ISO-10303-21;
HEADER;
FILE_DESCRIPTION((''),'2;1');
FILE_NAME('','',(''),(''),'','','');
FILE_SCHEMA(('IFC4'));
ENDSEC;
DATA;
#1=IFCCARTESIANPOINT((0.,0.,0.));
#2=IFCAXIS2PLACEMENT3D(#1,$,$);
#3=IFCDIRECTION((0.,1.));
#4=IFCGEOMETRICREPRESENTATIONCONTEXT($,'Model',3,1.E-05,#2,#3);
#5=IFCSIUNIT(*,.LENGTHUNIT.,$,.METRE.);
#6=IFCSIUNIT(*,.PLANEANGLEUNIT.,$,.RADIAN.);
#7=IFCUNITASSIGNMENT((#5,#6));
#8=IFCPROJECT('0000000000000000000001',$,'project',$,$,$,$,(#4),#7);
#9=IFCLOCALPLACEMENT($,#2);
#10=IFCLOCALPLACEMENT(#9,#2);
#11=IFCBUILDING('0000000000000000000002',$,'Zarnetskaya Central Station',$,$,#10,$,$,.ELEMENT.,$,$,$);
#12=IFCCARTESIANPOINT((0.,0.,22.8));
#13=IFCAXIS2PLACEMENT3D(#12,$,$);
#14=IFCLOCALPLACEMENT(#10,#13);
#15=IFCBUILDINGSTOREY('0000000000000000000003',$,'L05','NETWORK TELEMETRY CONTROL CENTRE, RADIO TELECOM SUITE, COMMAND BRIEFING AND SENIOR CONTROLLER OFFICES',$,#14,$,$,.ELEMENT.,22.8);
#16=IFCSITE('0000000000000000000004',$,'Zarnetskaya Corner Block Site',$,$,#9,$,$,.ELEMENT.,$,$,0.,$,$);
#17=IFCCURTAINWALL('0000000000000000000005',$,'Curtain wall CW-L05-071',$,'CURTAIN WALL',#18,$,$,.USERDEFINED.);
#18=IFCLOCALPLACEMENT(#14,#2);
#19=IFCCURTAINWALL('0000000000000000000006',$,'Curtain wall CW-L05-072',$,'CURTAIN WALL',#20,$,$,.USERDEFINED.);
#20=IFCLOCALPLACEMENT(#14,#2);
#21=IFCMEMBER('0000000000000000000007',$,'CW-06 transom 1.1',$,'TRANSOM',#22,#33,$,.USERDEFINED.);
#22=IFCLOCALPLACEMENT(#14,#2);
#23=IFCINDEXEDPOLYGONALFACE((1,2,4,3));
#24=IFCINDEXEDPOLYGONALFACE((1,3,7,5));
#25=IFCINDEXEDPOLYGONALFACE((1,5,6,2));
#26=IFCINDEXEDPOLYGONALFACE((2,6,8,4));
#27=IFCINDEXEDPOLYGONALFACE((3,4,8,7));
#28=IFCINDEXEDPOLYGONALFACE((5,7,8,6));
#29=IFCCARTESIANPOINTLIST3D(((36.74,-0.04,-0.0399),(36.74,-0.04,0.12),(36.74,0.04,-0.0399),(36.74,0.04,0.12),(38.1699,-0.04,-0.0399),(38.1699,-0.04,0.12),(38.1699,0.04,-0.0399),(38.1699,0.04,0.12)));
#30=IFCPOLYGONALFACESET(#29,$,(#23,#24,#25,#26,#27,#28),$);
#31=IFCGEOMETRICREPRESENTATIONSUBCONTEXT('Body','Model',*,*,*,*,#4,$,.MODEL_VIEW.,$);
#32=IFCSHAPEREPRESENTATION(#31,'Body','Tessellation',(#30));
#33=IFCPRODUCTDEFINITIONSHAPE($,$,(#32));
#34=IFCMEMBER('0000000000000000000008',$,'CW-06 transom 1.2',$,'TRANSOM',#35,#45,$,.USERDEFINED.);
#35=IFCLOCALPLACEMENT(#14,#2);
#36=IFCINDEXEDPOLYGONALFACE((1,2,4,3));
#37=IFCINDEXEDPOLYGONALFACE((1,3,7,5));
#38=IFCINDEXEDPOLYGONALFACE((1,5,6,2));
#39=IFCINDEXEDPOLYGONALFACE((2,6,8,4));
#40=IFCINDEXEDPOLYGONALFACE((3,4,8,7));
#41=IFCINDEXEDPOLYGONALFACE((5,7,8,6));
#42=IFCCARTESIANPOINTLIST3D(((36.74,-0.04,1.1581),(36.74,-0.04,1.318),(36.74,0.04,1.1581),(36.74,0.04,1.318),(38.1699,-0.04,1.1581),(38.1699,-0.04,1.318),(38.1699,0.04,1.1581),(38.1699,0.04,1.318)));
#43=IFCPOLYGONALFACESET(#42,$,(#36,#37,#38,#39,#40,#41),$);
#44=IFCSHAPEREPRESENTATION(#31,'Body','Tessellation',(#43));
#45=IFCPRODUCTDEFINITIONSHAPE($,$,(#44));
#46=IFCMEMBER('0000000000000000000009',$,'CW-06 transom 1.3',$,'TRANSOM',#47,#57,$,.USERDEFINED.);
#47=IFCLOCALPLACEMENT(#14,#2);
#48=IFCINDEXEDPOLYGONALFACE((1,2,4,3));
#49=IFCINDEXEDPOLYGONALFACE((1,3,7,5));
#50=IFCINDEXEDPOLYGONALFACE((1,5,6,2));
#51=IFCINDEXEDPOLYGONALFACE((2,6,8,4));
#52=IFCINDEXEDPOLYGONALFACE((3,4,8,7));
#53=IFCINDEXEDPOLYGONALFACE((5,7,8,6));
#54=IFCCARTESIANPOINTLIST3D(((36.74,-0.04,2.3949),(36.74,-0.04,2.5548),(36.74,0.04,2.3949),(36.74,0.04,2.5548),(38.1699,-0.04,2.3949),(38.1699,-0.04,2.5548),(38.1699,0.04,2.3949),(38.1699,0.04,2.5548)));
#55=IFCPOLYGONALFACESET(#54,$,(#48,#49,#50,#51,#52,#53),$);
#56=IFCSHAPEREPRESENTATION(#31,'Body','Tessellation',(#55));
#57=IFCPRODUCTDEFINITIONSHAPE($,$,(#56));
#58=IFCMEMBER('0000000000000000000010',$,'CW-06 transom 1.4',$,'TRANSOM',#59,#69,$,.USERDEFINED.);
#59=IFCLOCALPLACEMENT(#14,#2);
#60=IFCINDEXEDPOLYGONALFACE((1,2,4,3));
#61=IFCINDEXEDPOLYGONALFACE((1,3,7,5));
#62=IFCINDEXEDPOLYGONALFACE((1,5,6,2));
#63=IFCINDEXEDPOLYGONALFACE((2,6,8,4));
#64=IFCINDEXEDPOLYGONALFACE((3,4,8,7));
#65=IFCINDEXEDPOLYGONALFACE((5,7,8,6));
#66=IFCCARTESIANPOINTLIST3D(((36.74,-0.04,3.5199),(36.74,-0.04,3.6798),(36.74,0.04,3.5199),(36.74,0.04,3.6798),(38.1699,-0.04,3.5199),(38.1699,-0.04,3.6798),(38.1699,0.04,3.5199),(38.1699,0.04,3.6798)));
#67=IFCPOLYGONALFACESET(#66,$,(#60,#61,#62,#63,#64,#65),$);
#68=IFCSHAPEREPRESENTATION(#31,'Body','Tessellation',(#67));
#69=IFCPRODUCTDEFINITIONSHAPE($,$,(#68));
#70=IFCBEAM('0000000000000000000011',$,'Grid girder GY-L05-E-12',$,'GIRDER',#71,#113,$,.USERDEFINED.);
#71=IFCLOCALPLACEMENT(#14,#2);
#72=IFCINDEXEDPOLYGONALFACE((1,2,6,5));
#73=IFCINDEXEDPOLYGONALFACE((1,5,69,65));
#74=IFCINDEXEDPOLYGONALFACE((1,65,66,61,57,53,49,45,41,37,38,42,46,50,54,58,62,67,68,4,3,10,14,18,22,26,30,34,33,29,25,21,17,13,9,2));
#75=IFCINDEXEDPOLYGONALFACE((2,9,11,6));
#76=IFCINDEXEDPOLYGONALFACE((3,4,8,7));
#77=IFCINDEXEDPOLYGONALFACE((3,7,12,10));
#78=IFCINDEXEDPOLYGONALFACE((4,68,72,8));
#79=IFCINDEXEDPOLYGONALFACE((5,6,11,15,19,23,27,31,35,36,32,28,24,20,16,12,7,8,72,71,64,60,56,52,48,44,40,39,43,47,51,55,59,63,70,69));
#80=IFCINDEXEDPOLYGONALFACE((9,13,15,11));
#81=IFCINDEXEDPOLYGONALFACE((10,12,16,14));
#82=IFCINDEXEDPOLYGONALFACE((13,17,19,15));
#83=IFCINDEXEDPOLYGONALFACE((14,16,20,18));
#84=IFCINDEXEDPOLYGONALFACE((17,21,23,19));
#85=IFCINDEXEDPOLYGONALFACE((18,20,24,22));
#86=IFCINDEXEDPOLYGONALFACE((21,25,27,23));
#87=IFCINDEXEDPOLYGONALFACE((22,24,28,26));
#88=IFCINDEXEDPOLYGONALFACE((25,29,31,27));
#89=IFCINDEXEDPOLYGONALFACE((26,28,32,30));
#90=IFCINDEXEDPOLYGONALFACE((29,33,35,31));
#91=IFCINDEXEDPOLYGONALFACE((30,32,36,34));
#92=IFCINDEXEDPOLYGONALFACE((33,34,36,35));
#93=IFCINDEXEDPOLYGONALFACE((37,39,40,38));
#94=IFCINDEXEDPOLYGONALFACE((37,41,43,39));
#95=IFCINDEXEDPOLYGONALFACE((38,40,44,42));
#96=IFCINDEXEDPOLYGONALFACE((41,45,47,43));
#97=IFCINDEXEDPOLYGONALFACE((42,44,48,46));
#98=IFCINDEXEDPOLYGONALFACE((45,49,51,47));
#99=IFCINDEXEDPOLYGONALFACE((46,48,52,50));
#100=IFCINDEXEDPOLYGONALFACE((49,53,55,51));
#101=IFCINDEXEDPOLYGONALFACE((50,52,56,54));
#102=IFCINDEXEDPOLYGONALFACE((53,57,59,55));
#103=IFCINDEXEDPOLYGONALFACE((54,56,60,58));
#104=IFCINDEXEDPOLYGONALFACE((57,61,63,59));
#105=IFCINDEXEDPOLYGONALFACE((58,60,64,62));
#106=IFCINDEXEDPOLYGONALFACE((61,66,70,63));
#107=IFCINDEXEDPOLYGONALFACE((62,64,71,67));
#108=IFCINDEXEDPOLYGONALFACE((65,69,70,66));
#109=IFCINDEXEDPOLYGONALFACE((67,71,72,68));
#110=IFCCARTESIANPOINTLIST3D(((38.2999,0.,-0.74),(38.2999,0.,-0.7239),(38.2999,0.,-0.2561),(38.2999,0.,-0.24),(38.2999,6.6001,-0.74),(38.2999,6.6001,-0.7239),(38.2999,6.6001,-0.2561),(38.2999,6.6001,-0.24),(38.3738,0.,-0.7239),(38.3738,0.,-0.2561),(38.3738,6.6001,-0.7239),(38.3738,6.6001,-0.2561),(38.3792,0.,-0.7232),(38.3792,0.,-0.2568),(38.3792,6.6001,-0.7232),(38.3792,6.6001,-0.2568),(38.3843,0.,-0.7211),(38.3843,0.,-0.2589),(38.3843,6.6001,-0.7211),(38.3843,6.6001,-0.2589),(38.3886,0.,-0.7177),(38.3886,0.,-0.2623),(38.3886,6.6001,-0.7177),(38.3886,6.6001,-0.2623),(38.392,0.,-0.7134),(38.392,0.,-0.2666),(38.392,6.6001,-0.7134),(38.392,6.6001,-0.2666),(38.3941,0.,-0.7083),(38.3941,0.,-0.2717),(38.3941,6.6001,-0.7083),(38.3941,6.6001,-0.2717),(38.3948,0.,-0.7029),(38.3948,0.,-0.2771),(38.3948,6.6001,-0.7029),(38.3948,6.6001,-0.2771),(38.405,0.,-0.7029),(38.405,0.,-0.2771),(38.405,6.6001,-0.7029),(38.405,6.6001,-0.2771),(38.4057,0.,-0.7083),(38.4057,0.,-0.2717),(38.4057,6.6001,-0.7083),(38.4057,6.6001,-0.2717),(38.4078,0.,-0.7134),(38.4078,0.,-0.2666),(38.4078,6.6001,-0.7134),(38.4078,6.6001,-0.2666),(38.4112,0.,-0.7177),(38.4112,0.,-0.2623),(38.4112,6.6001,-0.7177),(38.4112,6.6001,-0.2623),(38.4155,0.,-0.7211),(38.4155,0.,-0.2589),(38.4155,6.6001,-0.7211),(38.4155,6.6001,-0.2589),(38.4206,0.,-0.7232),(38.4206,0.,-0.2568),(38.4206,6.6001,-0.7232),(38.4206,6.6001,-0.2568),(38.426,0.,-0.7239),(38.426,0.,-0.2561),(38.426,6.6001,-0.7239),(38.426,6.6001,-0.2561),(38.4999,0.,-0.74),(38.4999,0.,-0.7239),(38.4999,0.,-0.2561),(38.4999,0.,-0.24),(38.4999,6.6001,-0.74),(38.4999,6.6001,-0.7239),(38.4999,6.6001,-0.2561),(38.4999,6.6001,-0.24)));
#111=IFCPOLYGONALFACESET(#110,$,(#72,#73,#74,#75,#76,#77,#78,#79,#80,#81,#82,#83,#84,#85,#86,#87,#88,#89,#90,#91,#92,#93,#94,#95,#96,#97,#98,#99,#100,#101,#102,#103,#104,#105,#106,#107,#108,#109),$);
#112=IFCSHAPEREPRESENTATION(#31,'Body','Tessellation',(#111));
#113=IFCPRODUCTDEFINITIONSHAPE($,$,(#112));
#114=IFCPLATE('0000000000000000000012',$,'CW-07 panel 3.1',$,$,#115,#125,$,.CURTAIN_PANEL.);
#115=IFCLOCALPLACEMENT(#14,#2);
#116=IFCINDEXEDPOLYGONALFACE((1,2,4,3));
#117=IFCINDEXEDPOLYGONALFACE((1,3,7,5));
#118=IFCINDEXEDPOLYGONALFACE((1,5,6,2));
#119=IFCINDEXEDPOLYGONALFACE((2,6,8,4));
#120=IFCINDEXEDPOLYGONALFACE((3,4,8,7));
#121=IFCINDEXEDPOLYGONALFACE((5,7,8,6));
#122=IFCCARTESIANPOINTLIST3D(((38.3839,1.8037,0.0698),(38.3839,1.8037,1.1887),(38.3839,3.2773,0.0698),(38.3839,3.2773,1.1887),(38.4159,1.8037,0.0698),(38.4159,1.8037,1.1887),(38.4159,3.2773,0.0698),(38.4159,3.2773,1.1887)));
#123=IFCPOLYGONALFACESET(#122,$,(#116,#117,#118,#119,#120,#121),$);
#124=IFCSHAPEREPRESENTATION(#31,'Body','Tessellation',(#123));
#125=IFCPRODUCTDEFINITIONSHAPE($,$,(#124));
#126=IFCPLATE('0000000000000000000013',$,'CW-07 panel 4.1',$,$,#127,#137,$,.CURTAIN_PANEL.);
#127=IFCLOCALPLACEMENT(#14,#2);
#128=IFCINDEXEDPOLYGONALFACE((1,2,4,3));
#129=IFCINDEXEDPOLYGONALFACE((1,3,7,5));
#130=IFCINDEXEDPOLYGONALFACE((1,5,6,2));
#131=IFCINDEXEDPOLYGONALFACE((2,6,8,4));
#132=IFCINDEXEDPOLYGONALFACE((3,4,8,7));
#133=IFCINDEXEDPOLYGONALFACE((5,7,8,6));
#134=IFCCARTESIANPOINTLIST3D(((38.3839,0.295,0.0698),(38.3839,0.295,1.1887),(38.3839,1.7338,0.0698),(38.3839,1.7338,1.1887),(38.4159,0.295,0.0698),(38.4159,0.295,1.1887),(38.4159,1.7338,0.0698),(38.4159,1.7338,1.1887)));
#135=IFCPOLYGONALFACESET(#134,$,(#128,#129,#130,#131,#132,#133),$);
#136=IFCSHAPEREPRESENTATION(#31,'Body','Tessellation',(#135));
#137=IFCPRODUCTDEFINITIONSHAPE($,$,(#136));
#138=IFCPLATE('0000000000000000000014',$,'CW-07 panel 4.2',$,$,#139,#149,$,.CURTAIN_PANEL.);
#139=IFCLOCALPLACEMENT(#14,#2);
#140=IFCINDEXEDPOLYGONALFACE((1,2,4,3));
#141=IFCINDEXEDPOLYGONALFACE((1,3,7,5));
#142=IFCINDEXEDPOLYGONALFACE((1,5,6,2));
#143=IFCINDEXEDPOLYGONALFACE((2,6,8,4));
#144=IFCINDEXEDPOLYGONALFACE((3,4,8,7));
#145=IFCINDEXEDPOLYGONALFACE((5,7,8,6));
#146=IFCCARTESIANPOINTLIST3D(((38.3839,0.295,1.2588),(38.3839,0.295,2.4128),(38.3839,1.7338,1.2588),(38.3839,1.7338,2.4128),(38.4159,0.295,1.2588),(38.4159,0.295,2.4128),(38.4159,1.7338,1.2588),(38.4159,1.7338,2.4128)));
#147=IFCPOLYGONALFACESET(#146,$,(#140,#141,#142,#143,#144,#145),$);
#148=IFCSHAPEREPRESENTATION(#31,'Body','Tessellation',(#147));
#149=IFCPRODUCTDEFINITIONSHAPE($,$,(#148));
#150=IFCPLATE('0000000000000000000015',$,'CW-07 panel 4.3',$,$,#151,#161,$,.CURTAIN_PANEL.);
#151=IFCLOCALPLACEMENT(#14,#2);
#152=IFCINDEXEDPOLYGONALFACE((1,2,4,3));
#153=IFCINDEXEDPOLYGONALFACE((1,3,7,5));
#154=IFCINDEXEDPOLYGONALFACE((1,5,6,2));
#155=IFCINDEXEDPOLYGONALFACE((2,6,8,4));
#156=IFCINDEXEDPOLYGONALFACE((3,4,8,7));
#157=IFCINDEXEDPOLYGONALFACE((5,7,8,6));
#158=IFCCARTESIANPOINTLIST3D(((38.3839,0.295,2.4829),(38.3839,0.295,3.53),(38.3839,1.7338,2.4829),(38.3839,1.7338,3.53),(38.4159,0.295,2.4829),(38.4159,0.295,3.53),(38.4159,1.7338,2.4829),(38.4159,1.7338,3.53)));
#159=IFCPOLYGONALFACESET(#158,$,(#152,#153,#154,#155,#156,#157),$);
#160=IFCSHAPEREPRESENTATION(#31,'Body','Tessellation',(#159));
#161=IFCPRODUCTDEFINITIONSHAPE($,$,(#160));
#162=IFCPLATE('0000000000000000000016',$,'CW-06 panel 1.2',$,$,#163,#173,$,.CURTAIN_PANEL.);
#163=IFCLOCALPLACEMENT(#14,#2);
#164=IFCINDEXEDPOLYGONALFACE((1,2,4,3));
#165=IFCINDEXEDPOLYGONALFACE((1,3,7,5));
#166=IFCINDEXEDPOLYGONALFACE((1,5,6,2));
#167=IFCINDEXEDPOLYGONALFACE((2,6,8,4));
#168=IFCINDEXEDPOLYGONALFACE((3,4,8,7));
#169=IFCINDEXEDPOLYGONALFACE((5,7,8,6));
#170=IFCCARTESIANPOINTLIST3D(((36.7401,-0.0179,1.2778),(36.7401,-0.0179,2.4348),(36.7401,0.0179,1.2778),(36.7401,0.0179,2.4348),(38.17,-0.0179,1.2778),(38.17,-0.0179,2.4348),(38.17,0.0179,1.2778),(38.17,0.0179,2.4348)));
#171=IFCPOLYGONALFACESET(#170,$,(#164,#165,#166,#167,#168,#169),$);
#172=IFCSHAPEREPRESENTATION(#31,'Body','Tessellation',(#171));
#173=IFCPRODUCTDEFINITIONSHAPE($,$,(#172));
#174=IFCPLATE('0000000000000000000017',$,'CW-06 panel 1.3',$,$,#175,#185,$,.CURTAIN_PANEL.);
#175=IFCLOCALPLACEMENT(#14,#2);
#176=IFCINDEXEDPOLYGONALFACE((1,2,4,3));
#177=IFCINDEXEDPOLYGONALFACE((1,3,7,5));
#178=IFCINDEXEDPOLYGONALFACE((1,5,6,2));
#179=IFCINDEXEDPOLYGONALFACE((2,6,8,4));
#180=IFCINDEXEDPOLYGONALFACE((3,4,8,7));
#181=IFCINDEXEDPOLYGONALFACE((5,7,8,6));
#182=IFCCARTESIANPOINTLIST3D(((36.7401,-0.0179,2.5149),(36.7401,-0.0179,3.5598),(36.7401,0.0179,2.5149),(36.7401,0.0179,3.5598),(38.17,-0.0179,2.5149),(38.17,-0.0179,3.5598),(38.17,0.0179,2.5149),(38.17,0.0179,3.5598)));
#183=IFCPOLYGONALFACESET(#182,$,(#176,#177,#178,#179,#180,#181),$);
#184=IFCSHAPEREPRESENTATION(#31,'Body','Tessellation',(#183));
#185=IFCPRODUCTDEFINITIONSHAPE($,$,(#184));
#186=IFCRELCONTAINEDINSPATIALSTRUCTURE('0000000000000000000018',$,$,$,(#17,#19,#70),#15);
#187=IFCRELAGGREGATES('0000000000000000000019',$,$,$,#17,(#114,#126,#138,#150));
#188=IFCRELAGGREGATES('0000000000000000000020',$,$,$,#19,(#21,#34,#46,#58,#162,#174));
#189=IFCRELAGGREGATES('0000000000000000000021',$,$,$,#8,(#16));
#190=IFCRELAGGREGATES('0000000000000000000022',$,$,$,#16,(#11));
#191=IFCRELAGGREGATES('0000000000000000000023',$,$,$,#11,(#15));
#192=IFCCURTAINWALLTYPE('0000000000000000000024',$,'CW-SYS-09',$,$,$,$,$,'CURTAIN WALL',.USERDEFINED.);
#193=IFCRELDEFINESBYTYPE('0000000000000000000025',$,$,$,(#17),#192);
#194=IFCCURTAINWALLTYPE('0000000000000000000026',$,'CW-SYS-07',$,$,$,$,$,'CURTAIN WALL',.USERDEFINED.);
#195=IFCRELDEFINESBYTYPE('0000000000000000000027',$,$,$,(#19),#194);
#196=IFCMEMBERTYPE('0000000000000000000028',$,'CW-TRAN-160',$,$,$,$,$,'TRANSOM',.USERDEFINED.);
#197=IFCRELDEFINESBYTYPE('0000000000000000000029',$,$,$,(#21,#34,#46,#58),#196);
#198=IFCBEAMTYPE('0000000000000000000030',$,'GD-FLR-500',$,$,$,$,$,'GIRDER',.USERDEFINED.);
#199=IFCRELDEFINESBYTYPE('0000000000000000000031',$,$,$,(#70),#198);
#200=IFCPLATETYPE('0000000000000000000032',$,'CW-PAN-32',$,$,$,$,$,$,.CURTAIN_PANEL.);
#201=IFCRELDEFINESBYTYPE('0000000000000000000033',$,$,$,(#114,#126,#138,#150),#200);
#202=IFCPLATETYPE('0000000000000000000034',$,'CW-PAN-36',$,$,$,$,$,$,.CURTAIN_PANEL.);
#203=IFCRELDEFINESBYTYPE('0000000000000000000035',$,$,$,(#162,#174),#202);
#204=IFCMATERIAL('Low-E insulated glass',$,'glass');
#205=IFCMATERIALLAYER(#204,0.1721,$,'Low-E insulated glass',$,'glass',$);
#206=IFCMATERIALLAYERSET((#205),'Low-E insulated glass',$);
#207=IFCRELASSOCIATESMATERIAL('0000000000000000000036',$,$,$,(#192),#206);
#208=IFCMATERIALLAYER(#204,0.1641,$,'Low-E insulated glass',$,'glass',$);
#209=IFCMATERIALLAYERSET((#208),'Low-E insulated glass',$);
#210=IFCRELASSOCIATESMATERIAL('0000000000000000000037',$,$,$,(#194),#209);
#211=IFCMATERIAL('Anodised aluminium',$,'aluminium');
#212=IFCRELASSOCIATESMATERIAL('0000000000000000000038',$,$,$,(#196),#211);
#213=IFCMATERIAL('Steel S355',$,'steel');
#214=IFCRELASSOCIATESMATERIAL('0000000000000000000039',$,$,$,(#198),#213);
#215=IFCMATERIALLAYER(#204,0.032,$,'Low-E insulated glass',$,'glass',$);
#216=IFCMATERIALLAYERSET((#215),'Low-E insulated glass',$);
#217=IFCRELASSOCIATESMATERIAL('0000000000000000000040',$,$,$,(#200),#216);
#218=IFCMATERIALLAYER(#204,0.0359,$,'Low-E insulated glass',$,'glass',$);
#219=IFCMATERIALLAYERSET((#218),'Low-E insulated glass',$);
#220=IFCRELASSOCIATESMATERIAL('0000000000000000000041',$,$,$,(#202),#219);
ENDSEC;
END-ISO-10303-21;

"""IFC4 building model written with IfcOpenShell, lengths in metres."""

from ifc_helpers import new_model, si_unit, direction, frame, origin, origin_2d, place, context, subcontext, project, spatial, rectangle, i_section, extrude, material, layer, layer_set, material_profile, profile_set, type_object, element, aggregate, save


model = new_model("IFC4")

# Units and contexts
model_context = context("Model", 3, precision=1e-05, world=origin(), true_north=direction((0.0, 1.0)))
body_context = subcontext(model_context, "Body", "Model", "MODEL_VIEW")
ifc_project = project(units=[si_unit("LENGTHUNIT", "METRE"), si_unit("PLANEANGLEUNIT", "RADIAN")], contexts=[model_context])

# Site, building, storey
site_placement = place(None, origin())
site = spatial("IfcSite", under=ifc_project, at=site_placement, Name="Zarnetskaya Corner Block Site", CompositionType="ELEMENT", RefElevation=0.0)
building_placement = place(site_placement, origin())
building = spatial("IfcBuilding", under=site, at=building_placement, Name="Zarnetskaya Central Station", CompositionType="ELEMENT")
storey_placement = place(building_placement, frame((0.0, 0.0, 22.8)))
storey = spatial("IfcBuildingStorey", under=building, at=storey_placement, Name="L05", Description="NETWORK TELEMETRY CONTROL CENTRE, RADIO TELECOM SUITE, COMMAND BRIEFING AND SENIOR CONTROLLER OFFICES", CompositionType="ELEMENT", Elevation=22.8)

# Shared definitions
ifc_material_1 = material(Name="Steel S355", Category="steel")

# Curtain wall
ifc_material_2 = material(Name="Low-E insulated glass", Category="glass")
ifc_layer_1 = layer(ifc_material_2, 0.1721, Name="Low-E insulated glass", Category="glass")
ifc_layer_set_1 = layer_set([ifc_layer_1], Name="Low-E insulated glass")
curtain_wall_type_1 = type_object("IfcCurtainWallType", Name="CW-SYS-09", ElementType="CURTAIN WALL", PredefinedType="USERDEFINED", material=ifc_layer_set_1)
curtain_wall_1_placement = place(storey_placement, origin())
curtain_wall_1 = element("IfcCurtainWall", 1, at=curtain_wall_1_placement, inside=storey, type_object=curtain_wall_type_1, Name="Curtain wall CW-L05-071", ObjectType="CURTAIN WALL", PredefinedType="USERDEFINED")
ifc_material_3 = material(Name="Anodised aluminium", Category="aluminium")

# Curtain wall
ifc_layer_2 = layer(ifc_material_2, 0.1641, Name="Low-E insulated glass", Category="glass")
ifc_layer_set_2 = layer_set([ifc_layer_2], Name="Low-E insulated glass")
curtain_wall_type_2 = type_object("IfcCurtainWallType", Name="CW-SYS-07", ElementType="CURTAIN WALL", PredefinedType="USERDEFINED", material=ifc_layer_set_2)
curtain_wall_2_placement = place(storey_placement, origin())
curtain_wall_2 = element("IfcCurtainWall", 2, at=curtain_wall_2_placement, inside=storey, type_object=curtain_wall_type_2, Name="Curtain wall CW-L05-072", ObjectType="CURTAIN WALL", PredefinedType="USERDEFINED")

# Members
ifc_material_profile_1 = material_profile(ifc_material_3, rectangle(XDim=0.0801, YDim=0.1599, at=origin_2d()), Name="ALU TRAN 80x160")
ifc_profile_set_1 = profile_set([ifc_material_profile_1], Name="Anodised aluminium")
member_type_1 = type_object("IfcMemberType", Name="CW-TRAN-160", ElementType="TRANSOM", PredefinedType="USERDEFINED", material=ifc_profile_set_1)
member_1_placement = place(storey_placement, frame((38.1699, 0.0, 0.04), z_axis=(-1.0, 0.0, 0.0), x_axis=(0.0, -1.0, 0.0)))
member_1 = element("IfcMember", 3, at=member_1_placement, type_object=member_type_1, Name="CW-06 transom 1.1", ObjectType="TRANSOM", PredefinedType="USERDEFINED", context=body_context, shape_type="SweptSolid", body=[
    extrude(rectangle(XDim=0.0801, YDim=0.1599, at=origin_2d()), origin(), (0.0, 0.0, 1.0), 1.4299),
])
member_2_placement = place(storey_placement, frame((38.1699, 0.0, 1.238), z_axis=(-1.0, 0.0, 0.0), x_axis=(0.0, -1.0, 0.0)))
member_2 = element("IfcMember", 4, at=member_2_placement, type_object=member_type_1, Name="CW-06 transom 1.2", ObjectType="TRANSOM", PredefinedType="USERDEFINED", context=body_context, shape_type="SweptSolid", body=[
    extrude(rectangle(XDim=0.0801, YDim=0.1599, at=origin_2d()), origin(), (0.0, 0.0, 1.0), 1.4299),
])
member_3_placement = place(storey_placement, frame((38.1699, 0.0, 2.4749), z_axis=(-1.0, 0.0, 0.0), x_axis=(0.0, -1.0, 0.0)))
member_3 = element("IfcMember", 5, at=member_3_placement, type_object=member_type_1, Name="CW-06 transom 1.3", ObjectType="TRANSOM", PredefinedType="USERDEFINED", context=body_context, shape_type="SweptSolid", body=[
    extrude(rectangle(XDim=0.0801, YDim=0.1599, at=origin_2d()), origin(), (0.0, 0.0, 1.0), 1.4299),
])
member_4_placement = place(storey_placement, frame((38.1699, 0.0, 3.5999), z_axis=(-1.0, 0.0, 0.0), x_axis=(0.0, -1.0, 0.0)))
member_4 = element("IfcMember", 6, at=member_4_placement, type_object=member_type_1, Name="CW-06 transom 1.4", ObjectType="TRANSOM", PredefinedType="USERDEFINED", context=body_context, shape_type="SweptSolid", body=[
    extrude(rectangle(XDim=0.0801, YDim=0.1599, at=origin_2d()), origin(), (0.0, 0.0, 1.0), 1.4299),
])

# Beam
ifc_material_profile_2 = material_profile(ifc_material_1, i_section(OverallWidth=0.2, OverallDepth=0.5, WebThickness=0.0103, FlangeThickness=0.0161, FilletRadius=0.021, at=origin_2d()), Name="IPE 500")
ifc_profile_set_2 = profile_set([ifc_material_profile_2], Name="Steel S355")
beam_type_1 = type_object("IfcBeamType", Name="GD-FLR-500", ElementType="GIRDER", PredefinedType="USERDEFINED", material=ifc_profile_set_2)
beam_1_placement = place(storey_placement, frame((38.3999, 0.0, -0.49), z_axis=(0.0, 1.0, 0.0), x_axis=(-1.0, 0.0, 0.0)))
element("IfcBeam", 7, at=beam_1_placement, inside=storey, type_object=beam_type_1, Name="Grid girder GY-L05-E-12", ObjectType="GIRDER", PredefinedType="USERDEFINED", context=body_context, shape_type="SweptSolid", body=[
    extrude(i_section(OverallWidth=0.2, OverallDepth=0.5, WebThickness=0.0103, FlangeThickness=0.0161, FilletRadius=0.021, at=origin_2d()), origin(), (0.0, 0.0, 1.0), 6.6001),
])

# Plates
ifc_layer_3 = layer(ifc_material_2, 0.032, Name="Low-E insulated glass", Category="glass")
ifc_layer_set_3 = layer_set([ifc_layer_3], Name="Low-E insulated glass")
plate_type_1 = type_object("IfcPlateType", Name="CW-PAN-32", PredefinedType="CURTAIN_PANEL", material=ifc_layer_set_3)
plate_1_placement = place(storey_placement, frame((38.3999, 2.5405, 0.0698), z_axis=(0.0, 0.0, 1.0), x_axis=(0.0, -1.0, 0.0)))
plate_1 = element("IfcPlate", 8, at=plate_1_placement, type_object=plate_type_1, Name="CW-07 panel 3.1", PredefinedType="CURTAIN_PANEL", context=body_context, shape_type="SweptSolid", body=[
    extrude(rectangle(XDim=1.4736, YDim=0.032, at=origin_2d()), origin(), (0.0, 0.0, 1.0), 1.1189),
])
plate_2_placement = place(storey_placement, frame((38.3999, 1.0144, 0.0698), z_axis=(0.0, 0.0, 1.0), x_axis=(0.0, -1.0, 0.0)))
plate_2 = element("IfcPlate", 9, at=plate_2_placement, type_object=plate_type_1, Name="CW-07 panel 4.1", PredefinedType="CURTAIN_PANEL", context=body_context, shape_type="SweptSolid", body=[
    extrude(rectangle(XDim=1.4387, YDim=0.032, at=origin_2d()), origin(), (0.0, 0.0, 1.0), 1.1189),
])
plate_3_placement = place(storey_placement, frame((38.3999, 1.0144, 1.2588), z_axis=(0.0, 0.0, 1.0), x_axis=(0.0, -1.0, 0.0)))
plate_3 = element("IfcPlate", 10, at=plate_3_placement, type_object=plate_type_1, Name="CW-07 panel 4.2", PredefinedType="CURTAIN_PANEL", context=body_context, shape_type="SweptSolid", body=[
    extrude(rectangle(XDim=1.4387, YDim=0.032, at=origin_2d()), origin(), (0.0, 0.0, 1.0), 1.1541),
])
plate_4_placement = place(storey_placement, frame((38.3999, 1.0144, 2.4829), z_axis=(0.0, 0.0, 1.0), x_axis=(0.0, -1.0, 0.0)))
plate_4 = element("IfcPlate", 11, at=plate_4_placement, type_object=plate_type_1, Name="CW-07 panel 4.3", PredefinedType="CURTAIN_PANEL", context=body_context, shape_type="SweptSolid", body=[
    extrude(rectangle(XDim=1.4387, YDim=0.032, at=origin_2d()), origin(), (0.0, 0.0, 1.0), 1.0471),
])
aggregate(curtain_wall_1, [plate_1, plate_2, plate_3, plate_4])
ifc_layer_4 = layer(ifc_material_2, 0.0359, Name="Low-E insulated glass", Category="glass")
ifc_layer_set_4 = layer_set([ifc_layer_4], Name="Low-E insulated glass")
plate_type_2 = type_object("IfcPlateType", Name="CW-PAN-36", PredefinedType="CURTAIN_PANEL", material=ifc_layer_set_4)
plate_5_placement = place(storey_placement, frame((37.4551, 0.0, 1.2778), z_axis=(0.0, 0.0, 1.0), x_axis=(-1.0, 0.0, 0.0)))
plate_5 = element("IfcPlate", 12, at=plate_5_placement, type_object=plate_type_2, Name="CW-06 panel 1.2", PredefinedType="CURTAIN_PANEL", context=body_context, shape_type="SweptSolid", body=[
    extrude(rectangle(XDim=1.4299, YDim=0.0359, at=origin_2d()), origin(), (0.0, 0.0, 1.0), 1.157),
])
plate_6_placement = place(storey_placement, frame((37.4551, 0.0, 2.5149), z_axis=(0.0, 0.0, 1.0), x_axis=(-1.0, 0.0, 0.0)))
plate_6 = element("IfcPlate", 13, at=plate_6_placement, type_object=plate_type_2, Name="CW-06 panel 1.3", PredefinedType="CURTAIN_PANEL", context=body_context, shape_type="SweptSolid", body=[
    extrude(rectangle(XDim=1.4299, YDim=0.0359, at=origin_2d()), origin(), (0.0, 0.0, 1.0), 1.0449),
])
aggregate(curtain_wall_2, [member_1, member_2, member_3, member_4, plate_5, plate_6])

save(model, "model.ifc")
